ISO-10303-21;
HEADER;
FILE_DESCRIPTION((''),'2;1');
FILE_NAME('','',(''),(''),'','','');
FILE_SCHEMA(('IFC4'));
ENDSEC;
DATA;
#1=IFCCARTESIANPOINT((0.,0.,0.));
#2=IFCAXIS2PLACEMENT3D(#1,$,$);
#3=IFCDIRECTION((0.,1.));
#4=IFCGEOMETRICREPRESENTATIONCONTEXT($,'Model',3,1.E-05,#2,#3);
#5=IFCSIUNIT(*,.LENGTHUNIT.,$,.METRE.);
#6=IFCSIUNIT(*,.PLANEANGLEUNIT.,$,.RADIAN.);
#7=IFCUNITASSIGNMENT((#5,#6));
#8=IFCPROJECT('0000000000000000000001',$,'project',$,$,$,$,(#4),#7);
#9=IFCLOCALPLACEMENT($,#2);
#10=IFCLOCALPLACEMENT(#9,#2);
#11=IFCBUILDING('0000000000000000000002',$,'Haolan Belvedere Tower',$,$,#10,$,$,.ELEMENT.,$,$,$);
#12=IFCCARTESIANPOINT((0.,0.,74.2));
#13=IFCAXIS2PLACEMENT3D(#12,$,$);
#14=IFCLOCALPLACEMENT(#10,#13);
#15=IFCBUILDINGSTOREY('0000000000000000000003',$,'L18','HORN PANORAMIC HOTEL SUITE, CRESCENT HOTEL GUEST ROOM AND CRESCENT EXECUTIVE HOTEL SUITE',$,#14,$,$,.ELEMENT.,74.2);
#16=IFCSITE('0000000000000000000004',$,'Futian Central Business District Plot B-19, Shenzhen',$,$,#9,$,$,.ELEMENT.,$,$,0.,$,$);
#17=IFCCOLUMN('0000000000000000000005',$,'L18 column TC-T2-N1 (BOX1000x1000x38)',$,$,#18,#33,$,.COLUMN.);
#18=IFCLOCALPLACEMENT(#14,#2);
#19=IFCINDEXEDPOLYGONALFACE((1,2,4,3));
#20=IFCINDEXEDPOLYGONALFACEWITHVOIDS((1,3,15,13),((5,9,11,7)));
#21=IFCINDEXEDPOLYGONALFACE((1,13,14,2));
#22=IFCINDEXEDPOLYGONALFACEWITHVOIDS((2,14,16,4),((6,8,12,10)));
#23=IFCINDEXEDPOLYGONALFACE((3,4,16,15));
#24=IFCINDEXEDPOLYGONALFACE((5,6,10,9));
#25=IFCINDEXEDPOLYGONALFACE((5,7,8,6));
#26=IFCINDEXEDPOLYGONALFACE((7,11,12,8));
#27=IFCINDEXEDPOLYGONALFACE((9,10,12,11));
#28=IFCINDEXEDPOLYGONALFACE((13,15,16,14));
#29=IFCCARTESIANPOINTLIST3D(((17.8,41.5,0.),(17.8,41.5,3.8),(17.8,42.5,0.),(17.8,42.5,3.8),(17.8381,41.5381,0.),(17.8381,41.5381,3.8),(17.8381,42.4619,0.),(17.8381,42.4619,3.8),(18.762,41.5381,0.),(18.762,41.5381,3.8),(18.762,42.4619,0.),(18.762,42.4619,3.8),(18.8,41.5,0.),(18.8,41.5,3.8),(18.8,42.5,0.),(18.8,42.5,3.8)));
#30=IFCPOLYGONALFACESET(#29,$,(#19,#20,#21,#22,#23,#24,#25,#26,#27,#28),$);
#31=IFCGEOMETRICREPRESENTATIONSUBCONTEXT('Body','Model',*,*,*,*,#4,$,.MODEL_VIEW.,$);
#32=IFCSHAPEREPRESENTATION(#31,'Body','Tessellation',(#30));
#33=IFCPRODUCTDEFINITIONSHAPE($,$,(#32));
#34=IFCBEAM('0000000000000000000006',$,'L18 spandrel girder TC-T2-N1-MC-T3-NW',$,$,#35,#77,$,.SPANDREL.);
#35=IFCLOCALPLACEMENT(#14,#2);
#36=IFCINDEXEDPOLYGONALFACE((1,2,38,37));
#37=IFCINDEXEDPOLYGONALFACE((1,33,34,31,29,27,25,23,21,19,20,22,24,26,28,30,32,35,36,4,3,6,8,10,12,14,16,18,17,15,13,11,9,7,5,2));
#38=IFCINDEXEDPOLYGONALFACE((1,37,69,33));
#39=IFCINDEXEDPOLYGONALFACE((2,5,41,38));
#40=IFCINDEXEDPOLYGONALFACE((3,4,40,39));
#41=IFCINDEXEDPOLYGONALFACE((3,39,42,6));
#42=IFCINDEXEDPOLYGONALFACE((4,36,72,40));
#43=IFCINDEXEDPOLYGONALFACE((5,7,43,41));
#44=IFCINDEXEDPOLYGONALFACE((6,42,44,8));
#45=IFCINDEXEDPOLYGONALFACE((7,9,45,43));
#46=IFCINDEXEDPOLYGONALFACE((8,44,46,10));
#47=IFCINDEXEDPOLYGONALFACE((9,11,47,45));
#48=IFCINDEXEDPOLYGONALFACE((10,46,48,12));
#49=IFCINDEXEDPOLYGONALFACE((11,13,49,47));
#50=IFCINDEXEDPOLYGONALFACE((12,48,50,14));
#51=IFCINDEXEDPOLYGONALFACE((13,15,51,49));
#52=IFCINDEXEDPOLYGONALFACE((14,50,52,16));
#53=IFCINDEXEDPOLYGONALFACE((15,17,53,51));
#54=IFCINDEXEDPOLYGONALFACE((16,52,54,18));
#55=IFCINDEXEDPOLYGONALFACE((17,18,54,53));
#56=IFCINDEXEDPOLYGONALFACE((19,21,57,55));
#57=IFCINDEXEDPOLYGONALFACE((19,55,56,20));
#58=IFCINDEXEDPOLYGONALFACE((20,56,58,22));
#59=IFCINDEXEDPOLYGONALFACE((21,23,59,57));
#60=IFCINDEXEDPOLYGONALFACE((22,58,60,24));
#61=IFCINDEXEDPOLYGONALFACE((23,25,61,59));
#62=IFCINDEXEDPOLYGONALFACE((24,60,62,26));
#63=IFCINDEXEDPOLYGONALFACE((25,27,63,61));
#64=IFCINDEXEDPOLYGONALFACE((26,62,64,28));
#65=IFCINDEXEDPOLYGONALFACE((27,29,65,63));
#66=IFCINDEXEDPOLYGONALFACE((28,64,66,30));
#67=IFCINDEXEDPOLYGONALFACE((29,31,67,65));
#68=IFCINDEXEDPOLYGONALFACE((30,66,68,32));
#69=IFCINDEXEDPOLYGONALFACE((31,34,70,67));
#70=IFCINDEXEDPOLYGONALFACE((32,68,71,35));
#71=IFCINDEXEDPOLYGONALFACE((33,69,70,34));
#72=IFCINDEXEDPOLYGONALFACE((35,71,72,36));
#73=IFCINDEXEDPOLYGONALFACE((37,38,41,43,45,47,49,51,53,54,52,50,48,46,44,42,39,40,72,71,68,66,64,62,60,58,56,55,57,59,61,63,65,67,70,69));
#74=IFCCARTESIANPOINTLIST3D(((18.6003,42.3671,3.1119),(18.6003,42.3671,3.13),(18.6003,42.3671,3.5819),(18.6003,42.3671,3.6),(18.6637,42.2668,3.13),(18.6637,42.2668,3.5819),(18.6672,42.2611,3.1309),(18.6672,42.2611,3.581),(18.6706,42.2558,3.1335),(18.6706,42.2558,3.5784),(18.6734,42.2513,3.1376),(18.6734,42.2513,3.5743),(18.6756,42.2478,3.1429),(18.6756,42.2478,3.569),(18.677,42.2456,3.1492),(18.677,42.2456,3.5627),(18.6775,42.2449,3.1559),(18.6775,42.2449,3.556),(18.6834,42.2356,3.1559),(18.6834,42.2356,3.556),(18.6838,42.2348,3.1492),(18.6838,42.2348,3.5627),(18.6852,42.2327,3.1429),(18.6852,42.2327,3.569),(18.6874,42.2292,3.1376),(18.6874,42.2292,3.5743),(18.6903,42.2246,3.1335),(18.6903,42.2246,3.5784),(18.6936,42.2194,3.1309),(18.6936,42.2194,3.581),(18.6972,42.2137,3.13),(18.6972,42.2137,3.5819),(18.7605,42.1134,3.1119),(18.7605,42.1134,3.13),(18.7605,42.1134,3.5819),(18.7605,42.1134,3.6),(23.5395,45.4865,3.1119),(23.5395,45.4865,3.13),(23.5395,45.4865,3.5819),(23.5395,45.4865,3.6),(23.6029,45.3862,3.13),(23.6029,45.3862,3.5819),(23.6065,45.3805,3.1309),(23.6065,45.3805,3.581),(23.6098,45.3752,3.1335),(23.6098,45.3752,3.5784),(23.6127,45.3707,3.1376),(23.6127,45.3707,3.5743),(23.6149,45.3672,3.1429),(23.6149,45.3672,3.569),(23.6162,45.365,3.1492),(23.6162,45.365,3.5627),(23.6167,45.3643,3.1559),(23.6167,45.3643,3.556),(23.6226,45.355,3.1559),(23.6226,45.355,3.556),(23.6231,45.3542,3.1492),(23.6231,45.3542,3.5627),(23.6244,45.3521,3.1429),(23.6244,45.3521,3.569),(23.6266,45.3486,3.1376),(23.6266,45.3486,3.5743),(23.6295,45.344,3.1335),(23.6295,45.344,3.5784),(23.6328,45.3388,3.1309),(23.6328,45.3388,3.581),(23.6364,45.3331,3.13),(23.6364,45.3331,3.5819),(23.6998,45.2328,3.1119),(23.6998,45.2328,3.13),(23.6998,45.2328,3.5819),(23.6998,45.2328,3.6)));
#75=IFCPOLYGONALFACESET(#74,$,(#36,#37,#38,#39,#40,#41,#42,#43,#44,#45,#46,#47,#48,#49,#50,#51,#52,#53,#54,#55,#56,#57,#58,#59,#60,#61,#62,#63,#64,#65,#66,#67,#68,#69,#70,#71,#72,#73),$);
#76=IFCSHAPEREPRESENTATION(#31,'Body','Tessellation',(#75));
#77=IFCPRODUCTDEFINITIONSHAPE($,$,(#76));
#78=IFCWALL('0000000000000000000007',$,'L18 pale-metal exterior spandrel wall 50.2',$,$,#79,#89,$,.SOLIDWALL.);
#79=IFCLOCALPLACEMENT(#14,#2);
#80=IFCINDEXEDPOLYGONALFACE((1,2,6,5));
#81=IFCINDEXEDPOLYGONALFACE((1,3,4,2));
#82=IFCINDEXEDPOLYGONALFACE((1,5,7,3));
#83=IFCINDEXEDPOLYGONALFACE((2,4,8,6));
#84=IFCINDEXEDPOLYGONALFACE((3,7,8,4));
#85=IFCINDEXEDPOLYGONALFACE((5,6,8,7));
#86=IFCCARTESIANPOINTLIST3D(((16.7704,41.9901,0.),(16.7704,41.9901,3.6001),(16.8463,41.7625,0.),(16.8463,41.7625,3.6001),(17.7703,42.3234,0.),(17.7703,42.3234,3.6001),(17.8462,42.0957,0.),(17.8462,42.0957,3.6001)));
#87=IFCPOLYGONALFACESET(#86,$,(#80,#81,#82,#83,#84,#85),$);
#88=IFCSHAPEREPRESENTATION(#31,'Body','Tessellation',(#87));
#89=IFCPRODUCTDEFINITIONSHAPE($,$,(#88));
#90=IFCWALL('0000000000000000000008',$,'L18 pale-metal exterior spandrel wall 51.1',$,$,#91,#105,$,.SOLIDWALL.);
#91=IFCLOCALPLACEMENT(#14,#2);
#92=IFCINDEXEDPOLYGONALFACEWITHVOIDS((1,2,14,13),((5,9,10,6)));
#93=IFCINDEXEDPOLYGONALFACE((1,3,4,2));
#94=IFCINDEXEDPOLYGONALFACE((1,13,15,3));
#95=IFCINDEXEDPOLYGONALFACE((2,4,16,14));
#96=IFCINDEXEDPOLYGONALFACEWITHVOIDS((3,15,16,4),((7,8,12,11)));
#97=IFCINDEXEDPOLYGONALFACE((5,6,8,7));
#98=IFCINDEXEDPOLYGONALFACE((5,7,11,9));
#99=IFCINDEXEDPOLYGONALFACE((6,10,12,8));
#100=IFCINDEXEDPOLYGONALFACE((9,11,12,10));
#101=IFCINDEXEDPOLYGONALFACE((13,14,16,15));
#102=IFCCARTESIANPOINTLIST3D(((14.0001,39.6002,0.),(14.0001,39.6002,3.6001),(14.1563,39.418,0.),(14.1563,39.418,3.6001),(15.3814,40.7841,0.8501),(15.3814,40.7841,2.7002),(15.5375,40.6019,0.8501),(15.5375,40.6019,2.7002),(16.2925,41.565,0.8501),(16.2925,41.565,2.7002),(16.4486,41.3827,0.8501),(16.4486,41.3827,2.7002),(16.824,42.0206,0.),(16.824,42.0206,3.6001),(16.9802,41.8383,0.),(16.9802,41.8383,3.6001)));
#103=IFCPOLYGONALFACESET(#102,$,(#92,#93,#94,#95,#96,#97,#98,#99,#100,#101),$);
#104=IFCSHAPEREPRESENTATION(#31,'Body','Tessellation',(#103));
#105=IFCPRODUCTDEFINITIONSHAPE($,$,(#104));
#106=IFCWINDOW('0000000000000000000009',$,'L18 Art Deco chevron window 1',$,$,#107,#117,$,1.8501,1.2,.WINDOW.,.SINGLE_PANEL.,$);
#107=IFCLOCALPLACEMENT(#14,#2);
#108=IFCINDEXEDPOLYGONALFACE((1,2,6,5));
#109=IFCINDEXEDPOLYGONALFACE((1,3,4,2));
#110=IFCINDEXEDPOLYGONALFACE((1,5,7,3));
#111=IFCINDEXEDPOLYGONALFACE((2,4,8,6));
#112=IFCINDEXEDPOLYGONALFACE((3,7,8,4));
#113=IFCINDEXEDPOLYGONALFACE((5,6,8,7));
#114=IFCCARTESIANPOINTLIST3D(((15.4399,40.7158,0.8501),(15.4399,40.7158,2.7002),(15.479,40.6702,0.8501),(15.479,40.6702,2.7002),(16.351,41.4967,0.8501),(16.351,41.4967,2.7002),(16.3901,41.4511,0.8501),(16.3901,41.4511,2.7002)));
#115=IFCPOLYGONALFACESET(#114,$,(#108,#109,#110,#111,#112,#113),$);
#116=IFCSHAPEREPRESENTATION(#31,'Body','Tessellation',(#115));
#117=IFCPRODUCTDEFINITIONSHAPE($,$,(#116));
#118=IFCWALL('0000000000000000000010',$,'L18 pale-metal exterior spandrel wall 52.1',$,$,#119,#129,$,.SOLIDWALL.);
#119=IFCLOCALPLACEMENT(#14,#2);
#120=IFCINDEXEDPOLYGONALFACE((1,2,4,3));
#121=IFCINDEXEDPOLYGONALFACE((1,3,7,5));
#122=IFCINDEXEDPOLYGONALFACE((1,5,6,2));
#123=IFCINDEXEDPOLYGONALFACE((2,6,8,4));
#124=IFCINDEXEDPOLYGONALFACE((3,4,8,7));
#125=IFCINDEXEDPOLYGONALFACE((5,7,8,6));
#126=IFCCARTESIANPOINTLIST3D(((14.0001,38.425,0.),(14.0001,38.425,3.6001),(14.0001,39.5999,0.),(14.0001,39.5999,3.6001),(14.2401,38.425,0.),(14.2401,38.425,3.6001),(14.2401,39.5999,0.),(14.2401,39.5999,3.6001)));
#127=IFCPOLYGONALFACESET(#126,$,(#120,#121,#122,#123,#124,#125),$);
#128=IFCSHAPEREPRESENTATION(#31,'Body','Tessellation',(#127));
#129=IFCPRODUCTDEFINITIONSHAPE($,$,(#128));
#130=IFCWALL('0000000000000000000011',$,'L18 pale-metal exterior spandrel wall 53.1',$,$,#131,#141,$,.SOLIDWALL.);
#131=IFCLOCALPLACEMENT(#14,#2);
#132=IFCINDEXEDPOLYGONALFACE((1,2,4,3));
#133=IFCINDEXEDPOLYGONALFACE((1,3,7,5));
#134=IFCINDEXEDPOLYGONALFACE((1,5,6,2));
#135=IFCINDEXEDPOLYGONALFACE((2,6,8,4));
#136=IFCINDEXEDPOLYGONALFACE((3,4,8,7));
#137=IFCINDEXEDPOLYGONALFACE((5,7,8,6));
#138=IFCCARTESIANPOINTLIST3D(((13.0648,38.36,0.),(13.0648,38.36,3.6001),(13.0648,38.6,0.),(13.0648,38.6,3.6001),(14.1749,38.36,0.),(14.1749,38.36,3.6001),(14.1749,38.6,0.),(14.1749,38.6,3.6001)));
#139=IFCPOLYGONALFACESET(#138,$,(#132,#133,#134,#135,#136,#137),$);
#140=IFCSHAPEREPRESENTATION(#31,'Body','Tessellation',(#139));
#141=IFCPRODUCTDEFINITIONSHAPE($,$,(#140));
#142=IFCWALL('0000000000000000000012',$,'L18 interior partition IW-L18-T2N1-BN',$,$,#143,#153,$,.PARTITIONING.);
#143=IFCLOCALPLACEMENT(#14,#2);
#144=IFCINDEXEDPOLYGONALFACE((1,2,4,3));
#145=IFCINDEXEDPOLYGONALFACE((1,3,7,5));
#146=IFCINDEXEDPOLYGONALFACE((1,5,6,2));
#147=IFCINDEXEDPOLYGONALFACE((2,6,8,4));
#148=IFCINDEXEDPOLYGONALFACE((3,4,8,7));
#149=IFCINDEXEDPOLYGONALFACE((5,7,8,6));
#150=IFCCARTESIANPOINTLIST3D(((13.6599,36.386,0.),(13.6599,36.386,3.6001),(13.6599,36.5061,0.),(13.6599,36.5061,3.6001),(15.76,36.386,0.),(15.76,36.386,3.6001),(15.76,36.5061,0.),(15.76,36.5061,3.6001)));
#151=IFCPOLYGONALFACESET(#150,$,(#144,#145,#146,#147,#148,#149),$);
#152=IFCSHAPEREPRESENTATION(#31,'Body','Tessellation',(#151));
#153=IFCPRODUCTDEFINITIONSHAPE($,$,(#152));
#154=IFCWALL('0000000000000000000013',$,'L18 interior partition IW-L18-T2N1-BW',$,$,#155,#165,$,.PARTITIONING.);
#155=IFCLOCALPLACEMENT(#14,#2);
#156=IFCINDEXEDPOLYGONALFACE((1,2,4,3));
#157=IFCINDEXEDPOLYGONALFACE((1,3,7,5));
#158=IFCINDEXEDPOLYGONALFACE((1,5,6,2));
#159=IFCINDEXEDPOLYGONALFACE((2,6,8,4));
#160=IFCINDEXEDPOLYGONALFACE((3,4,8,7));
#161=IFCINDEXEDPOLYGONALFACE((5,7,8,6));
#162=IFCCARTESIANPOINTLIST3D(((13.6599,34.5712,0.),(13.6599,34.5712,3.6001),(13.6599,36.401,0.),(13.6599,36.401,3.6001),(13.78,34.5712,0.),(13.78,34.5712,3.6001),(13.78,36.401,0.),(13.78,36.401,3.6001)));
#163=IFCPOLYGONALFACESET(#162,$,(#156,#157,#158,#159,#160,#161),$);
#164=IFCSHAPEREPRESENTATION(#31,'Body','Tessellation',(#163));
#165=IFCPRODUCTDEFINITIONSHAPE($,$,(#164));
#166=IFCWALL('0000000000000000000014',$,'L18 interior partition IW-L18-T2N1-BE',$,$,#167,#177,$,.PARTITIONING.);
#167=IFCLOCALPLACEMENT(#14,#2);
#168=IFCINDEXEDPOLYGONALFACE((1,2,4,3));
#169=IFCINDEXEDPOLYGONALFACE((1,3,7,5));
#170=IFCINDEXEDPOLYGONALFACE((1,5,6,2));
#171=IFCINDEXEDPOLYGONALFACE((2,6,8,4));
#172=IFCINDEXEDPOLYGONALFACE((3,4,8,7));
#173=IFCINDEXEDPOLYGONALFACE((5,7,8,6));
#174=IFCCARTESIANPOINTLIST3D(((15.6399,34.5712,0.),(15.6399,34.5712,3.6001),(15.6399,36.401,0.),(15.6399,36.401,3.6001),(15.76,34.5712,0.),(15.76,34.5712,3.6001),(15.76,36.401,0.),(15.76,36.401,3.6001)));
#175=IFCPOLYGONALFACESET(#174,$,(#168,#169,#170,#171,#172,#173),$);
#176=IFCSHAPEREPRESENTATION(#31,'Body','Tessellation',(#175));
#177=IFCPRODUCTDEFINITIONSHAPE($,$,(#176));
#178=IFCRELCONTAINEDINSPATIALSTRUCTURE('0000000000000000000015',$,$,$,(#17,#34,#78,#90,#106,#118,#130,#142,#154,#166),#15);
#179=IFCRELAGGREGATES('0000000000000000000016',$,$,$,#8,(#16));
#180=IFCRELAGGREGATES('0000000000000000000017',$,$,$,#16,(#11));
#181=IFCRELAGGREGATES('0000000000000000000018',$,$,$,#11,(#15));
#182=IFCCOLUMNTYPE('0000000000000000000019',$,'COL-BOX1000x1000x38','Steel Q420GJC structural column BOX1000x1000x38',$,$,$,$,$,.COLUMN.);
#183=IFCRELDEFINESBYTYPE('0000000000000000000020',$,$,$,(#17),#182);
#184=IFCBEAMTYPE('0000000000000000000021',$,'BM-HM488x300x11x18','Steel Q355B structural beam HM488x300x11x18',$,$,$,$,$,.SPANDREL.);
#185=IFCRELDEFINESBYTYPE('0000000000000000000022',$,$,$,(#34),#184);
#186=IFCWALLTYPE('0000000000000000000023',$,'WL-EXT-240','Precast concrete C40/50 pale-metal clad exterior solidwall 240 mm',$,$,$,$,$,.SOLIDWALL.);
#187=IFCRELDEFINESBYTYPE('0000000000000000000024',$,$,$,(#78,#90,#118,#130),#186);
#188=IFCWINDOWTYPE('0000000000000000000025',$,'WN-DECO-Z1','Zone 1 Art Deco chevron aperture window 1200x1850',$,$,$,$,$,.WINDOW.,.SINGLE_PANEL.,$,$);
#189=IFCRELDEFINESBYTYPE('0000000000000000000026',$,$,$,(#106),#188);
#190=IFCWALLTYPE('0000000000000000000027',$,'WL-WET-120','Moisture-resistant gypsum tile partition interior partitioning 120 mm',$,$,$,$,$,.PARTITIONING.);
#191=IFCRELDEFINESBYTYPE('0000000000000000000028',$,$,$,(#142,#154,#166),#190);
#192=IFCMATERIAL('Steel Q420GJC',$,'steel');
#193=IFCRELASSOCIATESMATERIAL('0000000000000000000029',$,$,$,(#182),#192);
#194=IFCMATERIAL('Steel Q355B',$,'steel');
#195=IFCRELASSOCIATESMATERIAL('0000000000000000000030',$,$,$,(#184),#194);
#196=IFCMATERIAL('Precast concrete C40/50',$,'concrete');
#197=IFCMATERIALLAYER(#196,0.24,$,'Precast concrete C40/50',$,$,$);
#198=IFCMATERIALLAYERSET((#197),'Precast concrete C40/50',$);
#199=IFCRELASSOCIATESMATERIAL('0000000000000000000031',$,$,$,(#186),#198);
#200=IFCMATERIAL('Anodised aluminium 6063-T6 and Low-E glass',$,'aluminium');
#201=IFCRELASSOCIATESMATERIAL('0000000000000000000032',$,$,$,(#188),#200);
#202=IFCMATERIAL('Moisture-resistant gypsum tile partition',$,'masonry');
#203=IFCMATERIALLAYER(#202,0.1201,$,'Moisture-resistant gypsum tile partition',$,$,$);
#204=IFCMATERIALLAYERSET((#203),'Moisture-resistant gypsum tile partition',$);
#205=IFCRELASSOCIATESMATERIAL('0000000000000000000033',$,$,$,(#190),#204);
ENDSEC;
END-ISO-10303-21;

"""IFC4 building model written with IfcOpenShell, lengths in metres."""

from ifc_helpers import new_model, si_unit, direction, frame, frame_2d, origin, origin_2d, place, context, subcontext, project, spatial, rectangle, hollow_rectangle, i_section, extrude, material, layer, layer_set, material_profile, profile_set, type_object, element, fill, save


model = new_model("IFC4")

# Units and contexts
model_context = context("Model", 3, precision=1e-05, world=origin(), true_north=direction((0.0, 1.0)))
body_context = subcontext(model_context, "Body", "Model", "MODEL_VIEW")
ifc_project = project(units=[si_unit("LENGTHUNIT", "METRE"), si_unit("PLANEANGLEUNIT", "RADIAN")], contexts=[model_context])

# Site, building, storey
site_placement = place(None, origin())
site = spatial("IfcSite", under=ifc_project, at=site_placement, Name="Futian Central Business District Plot B-19, Shenzhen", CompositionType="ELEMENT", RefElevation=0.0)
building_placement = place(site_placement, origin())
building = spatial("IfcBuilding", under=site, at=building_placement, Name="Haolan Belvedere Tower", CompositionType="ELEMENT")
storey_placement = place(building_placement, frame((0.0, 0.0, 74.2)))
storey = spatial("IfcBuildingStorey", under=building, at=storey_placement, Name="L18", Description="HORN PANORAMIC HOTEL SUITE, CRESCENT HOTEL GUEST ROOM AND CRESCENT EXECUTIVE HOTEL SUITE", CompositionType="ELEMENT", Elevation=74.2)

# Column
ifc_material_1 = material(Name="Steel Q420GJC", Category="steel")
ifc_material_profile_1 = material_profile(ifc_material_1, hollow_rectangle(XDim=1.0, YDim=1.0, WallThickness=0.0381, at=origin_2d()), Name="Steel Q420GJC")
ifc_profile_set_1 = profile_set([ifc_material_profile_1], Name="Steel Q420GJC")
column_type = type_object("IfcColumnType", Name="COL-BOX1000x1000x38", Description="Steel Q420GJC structural column BOX1000x1000x38", PredefinedType="COLUMN", material=ifc_profile_set_1)
column_placement = place(storey_placement, frame((18.3, 42.0, 0.0), z_axis=(0.0, 0.0, 1.0), x_axis=(1.0, 0.0, 0.0)))
element("IfcColumn", 1, at=column_placement, inside=storey, type_object=column_type, Name="L18 column TC-T2-N1 (BOX1000x1000x38)", PredefinedType="COLUMN", context=body_context, shape_type="SweptSolid", body=[
    extrude(hollow_rectangle(XDim=1.0, YDim=1.0, WallThickness=0.0381, at=origin_2d()), origin(), (0.0, 0.0, 1.0), 3.8),
])

# Beam
ifc_material_2 = material(Name="Steel Q355B", Category="steel")
ifc_material_profile_2 = material_profile(ifc_material_2, i_section(OverallWidth=0.3, OverallDepth=0.488, WebThickness=0.011, FlangeThickness=0.0181, FilletRadius=0.0259, at=origin_2d()), Name="Steel Q355B")
ifc_profile_set_2 = profile_set([ifc_material_profile_2], Name="Steel Q355B")
beam_type = type_object("IfcBeamType", Name="BM-HM488x300x11x18", Description="Steel Q355B structural beam HM488x300x11x18", PredefinedType="SPANDREL", material=ifc_profile_set_2)
beam_placement = place(storey_placement, frame((18.6804, 42.2402, 3.356), z_axis=(0.845498, 0.533979, 0.0), x_axis=(-0.533979, 0.845498, 0.0)))
element("IfcBeam", 2, at=beam_placement, inside=storey, type_object=beam_type, Name="L18 spandrel girder TC-T2-N1-MC-T3-NW", PredefinedType="SPANDREL", context=body_context, shape_type="SweptSolid", body=[
    extrude(i_section(OverallWidth=0.3, OverallDepth=0.488, WebThickness=0.011, FlangeThickness=0.0181, FilletRadius=0.0259, at=origin_2d()), origin(), (0.0, 0.0, 1.0), 5.8418),
])

# Wall
ifc_material_3 = material(Name="Precast concrete C40/50", Category="concrete")
ifc_layer_1 = layer(ifc_material_3, 0.24, Name="Precast concrete C40/50")
ifc_layer_set_1 = layer_set([ifc_layer_1], Name="Precast concrete C40/50")
wall_type_1 = type_object("IfcWallType", Name="WL-EXT-240", Description="Precast concrete C40/50 pale-metal clad exterior solidwall 240 mm", PredefinedType="SOLIDWALL", material=ifc_layer_set_1)
wall_1_placement = place(storey_placement, frame((17.8081, 42.2095, 0.0), z_axis=(0.0, 0.0, 1.0), x_axis=(-0.948706, -0.316158, 0.0)))
element("IfcWall", 3, at=wall_1_placement, inside=storey, type_object=wall_type_1, Name="L18 pale-metal exterior spandrel wall 50.2", PredefinedType="SOLIDWALL", context=body_context, shape_type="SweptSolid", body=[
    extrude(rectangle(XDim=1.054, YDim=0.24, at=frame_2d((0.5269, 0.0))), origin(), (0.0, 0.0, 1.0), 3.6001),
])

# Wall, opening, window
wall_2_placement = place(storey_placement, frame((16.9021, 41.9294, 0.0), z_axis=(0.0, 0.0, 1.0), x_axis=(-0.759275, -0.65077, 0.0)))
wall_2 = element("IfcWall", 4, at=wall_2_placement, inside=storey, type_object=wall_type_1, Name="L18 pale-metal exterior spandrel wall 51.1", PredefinedType="SOLIDWALL", context=body_context, shape_type="SweptSolid", body=[
    extrude(rectangle(XDim=3.7192, YDim=0.24, at=frame_2d((1.8596, 0.0))), origin(), (0.0, 0.0, 1.0), 3.6001),
])
opening_1_placement = place(wall_2_placement, frame((0.7, 0.0, 0.8501)))
opening_1 = element("IfcOpeningElement", 5, at=opening_1_placement, cuts=wall_2, PredefinedType="OPENING", context=body_context, shape_type="SweptSolid", body=[
    extrude(rectangle(XDim=1.2, YDim=1.8501, at=frame_2d((0.6001, 0.925))), frame((0.0, 0.1299, 0.0), z_axis=(0.0, -1.0, 0.0), x_axis=(1.0, 0.0, 0.0)), (0.0, 0.0, 1.0), 0.26),
])
ifc_material_4 = material(Name="Anodised aluminium 6063-T6 and Low-E glass", Category="aluminium")
window_type = type_object("IfcWindowType", Name="WN-DECO-Z1", Description="Zone 1 Art Deco chevron aperture window 1200x1850", PartitioningType="SINGLE_PANEL", PredefinedType="WINDOW", material=ifc_material_4)
window_placement = place(opening_1_placement, origin())
window = element("IfcWindow", 6, at=window_placement, inside=storey, type_object=window_type, Name="L18 Art Deco chevron window 1", OverallHeight=1.8501, OverallWidth=1.2, PartitioningType="SINGLE_PANEL", PredefinedType="WINDOW", context=body_context, shape_type="SweptSolid", body=[
    extrude(rectangle(XDim=1.2, YDim=1.8501, at=frame_2d((0.6001, 0.925))), frame((0.0, 0.03, 0.0), z_axis=(0.0, -1.0, 0.0), x_axis=(1.0, 0.0, 0.0)), (0.0, 0.0, 1.0), 0.0601),
])
fill(opening_1, window)

# Walls
wall_3_placement = place(storey_placement, frame((14.1201, 39.5999, 0.0), z_axis=(0.0, 0.0, 1.0), x_axis=(0.0, -1.0, 0.0)))
element("IfcWall", 7, at=wall_3_placement, inside=storey, type_object=wall_type_1, Name="L18 pale-metal exterior spandrel wall 52.1", PredefinedType="SOLIDWALL", context=body_context, shape_type="SweptSolid", body=[
    extrude(rectangle(XDim=1.1748, YDim=0.24, at=frame_2d((0.5874, 0.0))), origin(), (0.0, 0.0, 1.0), 3.6001),
])
wall_4_placement = place(storey_placement, frame((14.175, 38.48, 0.0), z_axis=(0.0, 0.0, 1.0), x_axis=(-1.0, 0.0, 0.0)))
element("IfcWall", 8, at=wall_4_placement, inside=storey, type_object=wall_type_1, Name="L18 pale-metal exterior spandrel wall 53.1", PredefinedType="SOLIDWALL", context=body_context, shape_type="SweptSolid", body=[
    extrude(rectangle(XDim=1.1101, YDim=0.24, at=frame_2d((0.5552, 0.0))), origin(), (0.0, 0.0, 1.0), 3.6001),
])
ifc_material_5 = material(Name="Moisture-resistant gypsum tile partition", Category="masonry")
ifc_layer_2 = layer(ifc_material_5, 0.1201, Name="Moisture-resistant gypsum tile partition")
ifc_layer_set_2 = layer_set([ifc_layer_2], Name="Moisture-resistant gypsum tile partition")
wall_type_2 = type_object("IfcWallType", Name="WL-WET-120", Description="Moisture-resistant gypsum tile partition interior partitioning 120 mm", PredefinedType="PARTITIONING", material=ifc_layer_set_2)
wall_5_placement = place(storey_placement, frame((13.6599, 36.446, 0.0), z_axis=(0.0, 0.0, 1.0), x_axis=(1.0, 0.0, 0.0)))
element("IfcWall", 9, at=wall_5_placement, inside=storey, type_object=wall_type_2, Name="L18 interior partition IW-L18-T2N1-BN", PredefinedType="PARTITIONING", context=body_context, shape_type="SweptSolid", body=[
    extrude(rectangle(XDim=2.1001, YDim=0.1201, at=frame_2d((1.05, 0.0))), origin(), (0.0, 0.0, 1.0), 3.6001),
])
for number, where, z_axis, x_axis, name in (
    (10, (13.72, 34.571, 0.0), (0.0, 0.0, 1.0), (0.0, 1.0, 0.0), "L18 interior partition IW-L18-T2N1-BW"),
    (11, (15.7, 34.571, 0.0), (0.0, 0.0, 1.0), (0.0, 1.0, 0.0), "L18 interior partition IW-L18-T2N1-BE"),
):
    element("IfcWall", number, at=place(storey_placement, frame(where, z_axis=z_axis, x_axis=x_axis)), inside=storey, type_object=wall_type_2, Name=name, PredefinedType="PARTITIONING", context=body_context, shape_type="SweptSolid", body=[
        extrude(rectangle(XDim=1.8298, YDim=0.1201, at=frame_2d((0.915, 0.0))), origin(), (0.0, 0.0, 1.0), 3.6001),
    ])

save(model, "model.ifc")
